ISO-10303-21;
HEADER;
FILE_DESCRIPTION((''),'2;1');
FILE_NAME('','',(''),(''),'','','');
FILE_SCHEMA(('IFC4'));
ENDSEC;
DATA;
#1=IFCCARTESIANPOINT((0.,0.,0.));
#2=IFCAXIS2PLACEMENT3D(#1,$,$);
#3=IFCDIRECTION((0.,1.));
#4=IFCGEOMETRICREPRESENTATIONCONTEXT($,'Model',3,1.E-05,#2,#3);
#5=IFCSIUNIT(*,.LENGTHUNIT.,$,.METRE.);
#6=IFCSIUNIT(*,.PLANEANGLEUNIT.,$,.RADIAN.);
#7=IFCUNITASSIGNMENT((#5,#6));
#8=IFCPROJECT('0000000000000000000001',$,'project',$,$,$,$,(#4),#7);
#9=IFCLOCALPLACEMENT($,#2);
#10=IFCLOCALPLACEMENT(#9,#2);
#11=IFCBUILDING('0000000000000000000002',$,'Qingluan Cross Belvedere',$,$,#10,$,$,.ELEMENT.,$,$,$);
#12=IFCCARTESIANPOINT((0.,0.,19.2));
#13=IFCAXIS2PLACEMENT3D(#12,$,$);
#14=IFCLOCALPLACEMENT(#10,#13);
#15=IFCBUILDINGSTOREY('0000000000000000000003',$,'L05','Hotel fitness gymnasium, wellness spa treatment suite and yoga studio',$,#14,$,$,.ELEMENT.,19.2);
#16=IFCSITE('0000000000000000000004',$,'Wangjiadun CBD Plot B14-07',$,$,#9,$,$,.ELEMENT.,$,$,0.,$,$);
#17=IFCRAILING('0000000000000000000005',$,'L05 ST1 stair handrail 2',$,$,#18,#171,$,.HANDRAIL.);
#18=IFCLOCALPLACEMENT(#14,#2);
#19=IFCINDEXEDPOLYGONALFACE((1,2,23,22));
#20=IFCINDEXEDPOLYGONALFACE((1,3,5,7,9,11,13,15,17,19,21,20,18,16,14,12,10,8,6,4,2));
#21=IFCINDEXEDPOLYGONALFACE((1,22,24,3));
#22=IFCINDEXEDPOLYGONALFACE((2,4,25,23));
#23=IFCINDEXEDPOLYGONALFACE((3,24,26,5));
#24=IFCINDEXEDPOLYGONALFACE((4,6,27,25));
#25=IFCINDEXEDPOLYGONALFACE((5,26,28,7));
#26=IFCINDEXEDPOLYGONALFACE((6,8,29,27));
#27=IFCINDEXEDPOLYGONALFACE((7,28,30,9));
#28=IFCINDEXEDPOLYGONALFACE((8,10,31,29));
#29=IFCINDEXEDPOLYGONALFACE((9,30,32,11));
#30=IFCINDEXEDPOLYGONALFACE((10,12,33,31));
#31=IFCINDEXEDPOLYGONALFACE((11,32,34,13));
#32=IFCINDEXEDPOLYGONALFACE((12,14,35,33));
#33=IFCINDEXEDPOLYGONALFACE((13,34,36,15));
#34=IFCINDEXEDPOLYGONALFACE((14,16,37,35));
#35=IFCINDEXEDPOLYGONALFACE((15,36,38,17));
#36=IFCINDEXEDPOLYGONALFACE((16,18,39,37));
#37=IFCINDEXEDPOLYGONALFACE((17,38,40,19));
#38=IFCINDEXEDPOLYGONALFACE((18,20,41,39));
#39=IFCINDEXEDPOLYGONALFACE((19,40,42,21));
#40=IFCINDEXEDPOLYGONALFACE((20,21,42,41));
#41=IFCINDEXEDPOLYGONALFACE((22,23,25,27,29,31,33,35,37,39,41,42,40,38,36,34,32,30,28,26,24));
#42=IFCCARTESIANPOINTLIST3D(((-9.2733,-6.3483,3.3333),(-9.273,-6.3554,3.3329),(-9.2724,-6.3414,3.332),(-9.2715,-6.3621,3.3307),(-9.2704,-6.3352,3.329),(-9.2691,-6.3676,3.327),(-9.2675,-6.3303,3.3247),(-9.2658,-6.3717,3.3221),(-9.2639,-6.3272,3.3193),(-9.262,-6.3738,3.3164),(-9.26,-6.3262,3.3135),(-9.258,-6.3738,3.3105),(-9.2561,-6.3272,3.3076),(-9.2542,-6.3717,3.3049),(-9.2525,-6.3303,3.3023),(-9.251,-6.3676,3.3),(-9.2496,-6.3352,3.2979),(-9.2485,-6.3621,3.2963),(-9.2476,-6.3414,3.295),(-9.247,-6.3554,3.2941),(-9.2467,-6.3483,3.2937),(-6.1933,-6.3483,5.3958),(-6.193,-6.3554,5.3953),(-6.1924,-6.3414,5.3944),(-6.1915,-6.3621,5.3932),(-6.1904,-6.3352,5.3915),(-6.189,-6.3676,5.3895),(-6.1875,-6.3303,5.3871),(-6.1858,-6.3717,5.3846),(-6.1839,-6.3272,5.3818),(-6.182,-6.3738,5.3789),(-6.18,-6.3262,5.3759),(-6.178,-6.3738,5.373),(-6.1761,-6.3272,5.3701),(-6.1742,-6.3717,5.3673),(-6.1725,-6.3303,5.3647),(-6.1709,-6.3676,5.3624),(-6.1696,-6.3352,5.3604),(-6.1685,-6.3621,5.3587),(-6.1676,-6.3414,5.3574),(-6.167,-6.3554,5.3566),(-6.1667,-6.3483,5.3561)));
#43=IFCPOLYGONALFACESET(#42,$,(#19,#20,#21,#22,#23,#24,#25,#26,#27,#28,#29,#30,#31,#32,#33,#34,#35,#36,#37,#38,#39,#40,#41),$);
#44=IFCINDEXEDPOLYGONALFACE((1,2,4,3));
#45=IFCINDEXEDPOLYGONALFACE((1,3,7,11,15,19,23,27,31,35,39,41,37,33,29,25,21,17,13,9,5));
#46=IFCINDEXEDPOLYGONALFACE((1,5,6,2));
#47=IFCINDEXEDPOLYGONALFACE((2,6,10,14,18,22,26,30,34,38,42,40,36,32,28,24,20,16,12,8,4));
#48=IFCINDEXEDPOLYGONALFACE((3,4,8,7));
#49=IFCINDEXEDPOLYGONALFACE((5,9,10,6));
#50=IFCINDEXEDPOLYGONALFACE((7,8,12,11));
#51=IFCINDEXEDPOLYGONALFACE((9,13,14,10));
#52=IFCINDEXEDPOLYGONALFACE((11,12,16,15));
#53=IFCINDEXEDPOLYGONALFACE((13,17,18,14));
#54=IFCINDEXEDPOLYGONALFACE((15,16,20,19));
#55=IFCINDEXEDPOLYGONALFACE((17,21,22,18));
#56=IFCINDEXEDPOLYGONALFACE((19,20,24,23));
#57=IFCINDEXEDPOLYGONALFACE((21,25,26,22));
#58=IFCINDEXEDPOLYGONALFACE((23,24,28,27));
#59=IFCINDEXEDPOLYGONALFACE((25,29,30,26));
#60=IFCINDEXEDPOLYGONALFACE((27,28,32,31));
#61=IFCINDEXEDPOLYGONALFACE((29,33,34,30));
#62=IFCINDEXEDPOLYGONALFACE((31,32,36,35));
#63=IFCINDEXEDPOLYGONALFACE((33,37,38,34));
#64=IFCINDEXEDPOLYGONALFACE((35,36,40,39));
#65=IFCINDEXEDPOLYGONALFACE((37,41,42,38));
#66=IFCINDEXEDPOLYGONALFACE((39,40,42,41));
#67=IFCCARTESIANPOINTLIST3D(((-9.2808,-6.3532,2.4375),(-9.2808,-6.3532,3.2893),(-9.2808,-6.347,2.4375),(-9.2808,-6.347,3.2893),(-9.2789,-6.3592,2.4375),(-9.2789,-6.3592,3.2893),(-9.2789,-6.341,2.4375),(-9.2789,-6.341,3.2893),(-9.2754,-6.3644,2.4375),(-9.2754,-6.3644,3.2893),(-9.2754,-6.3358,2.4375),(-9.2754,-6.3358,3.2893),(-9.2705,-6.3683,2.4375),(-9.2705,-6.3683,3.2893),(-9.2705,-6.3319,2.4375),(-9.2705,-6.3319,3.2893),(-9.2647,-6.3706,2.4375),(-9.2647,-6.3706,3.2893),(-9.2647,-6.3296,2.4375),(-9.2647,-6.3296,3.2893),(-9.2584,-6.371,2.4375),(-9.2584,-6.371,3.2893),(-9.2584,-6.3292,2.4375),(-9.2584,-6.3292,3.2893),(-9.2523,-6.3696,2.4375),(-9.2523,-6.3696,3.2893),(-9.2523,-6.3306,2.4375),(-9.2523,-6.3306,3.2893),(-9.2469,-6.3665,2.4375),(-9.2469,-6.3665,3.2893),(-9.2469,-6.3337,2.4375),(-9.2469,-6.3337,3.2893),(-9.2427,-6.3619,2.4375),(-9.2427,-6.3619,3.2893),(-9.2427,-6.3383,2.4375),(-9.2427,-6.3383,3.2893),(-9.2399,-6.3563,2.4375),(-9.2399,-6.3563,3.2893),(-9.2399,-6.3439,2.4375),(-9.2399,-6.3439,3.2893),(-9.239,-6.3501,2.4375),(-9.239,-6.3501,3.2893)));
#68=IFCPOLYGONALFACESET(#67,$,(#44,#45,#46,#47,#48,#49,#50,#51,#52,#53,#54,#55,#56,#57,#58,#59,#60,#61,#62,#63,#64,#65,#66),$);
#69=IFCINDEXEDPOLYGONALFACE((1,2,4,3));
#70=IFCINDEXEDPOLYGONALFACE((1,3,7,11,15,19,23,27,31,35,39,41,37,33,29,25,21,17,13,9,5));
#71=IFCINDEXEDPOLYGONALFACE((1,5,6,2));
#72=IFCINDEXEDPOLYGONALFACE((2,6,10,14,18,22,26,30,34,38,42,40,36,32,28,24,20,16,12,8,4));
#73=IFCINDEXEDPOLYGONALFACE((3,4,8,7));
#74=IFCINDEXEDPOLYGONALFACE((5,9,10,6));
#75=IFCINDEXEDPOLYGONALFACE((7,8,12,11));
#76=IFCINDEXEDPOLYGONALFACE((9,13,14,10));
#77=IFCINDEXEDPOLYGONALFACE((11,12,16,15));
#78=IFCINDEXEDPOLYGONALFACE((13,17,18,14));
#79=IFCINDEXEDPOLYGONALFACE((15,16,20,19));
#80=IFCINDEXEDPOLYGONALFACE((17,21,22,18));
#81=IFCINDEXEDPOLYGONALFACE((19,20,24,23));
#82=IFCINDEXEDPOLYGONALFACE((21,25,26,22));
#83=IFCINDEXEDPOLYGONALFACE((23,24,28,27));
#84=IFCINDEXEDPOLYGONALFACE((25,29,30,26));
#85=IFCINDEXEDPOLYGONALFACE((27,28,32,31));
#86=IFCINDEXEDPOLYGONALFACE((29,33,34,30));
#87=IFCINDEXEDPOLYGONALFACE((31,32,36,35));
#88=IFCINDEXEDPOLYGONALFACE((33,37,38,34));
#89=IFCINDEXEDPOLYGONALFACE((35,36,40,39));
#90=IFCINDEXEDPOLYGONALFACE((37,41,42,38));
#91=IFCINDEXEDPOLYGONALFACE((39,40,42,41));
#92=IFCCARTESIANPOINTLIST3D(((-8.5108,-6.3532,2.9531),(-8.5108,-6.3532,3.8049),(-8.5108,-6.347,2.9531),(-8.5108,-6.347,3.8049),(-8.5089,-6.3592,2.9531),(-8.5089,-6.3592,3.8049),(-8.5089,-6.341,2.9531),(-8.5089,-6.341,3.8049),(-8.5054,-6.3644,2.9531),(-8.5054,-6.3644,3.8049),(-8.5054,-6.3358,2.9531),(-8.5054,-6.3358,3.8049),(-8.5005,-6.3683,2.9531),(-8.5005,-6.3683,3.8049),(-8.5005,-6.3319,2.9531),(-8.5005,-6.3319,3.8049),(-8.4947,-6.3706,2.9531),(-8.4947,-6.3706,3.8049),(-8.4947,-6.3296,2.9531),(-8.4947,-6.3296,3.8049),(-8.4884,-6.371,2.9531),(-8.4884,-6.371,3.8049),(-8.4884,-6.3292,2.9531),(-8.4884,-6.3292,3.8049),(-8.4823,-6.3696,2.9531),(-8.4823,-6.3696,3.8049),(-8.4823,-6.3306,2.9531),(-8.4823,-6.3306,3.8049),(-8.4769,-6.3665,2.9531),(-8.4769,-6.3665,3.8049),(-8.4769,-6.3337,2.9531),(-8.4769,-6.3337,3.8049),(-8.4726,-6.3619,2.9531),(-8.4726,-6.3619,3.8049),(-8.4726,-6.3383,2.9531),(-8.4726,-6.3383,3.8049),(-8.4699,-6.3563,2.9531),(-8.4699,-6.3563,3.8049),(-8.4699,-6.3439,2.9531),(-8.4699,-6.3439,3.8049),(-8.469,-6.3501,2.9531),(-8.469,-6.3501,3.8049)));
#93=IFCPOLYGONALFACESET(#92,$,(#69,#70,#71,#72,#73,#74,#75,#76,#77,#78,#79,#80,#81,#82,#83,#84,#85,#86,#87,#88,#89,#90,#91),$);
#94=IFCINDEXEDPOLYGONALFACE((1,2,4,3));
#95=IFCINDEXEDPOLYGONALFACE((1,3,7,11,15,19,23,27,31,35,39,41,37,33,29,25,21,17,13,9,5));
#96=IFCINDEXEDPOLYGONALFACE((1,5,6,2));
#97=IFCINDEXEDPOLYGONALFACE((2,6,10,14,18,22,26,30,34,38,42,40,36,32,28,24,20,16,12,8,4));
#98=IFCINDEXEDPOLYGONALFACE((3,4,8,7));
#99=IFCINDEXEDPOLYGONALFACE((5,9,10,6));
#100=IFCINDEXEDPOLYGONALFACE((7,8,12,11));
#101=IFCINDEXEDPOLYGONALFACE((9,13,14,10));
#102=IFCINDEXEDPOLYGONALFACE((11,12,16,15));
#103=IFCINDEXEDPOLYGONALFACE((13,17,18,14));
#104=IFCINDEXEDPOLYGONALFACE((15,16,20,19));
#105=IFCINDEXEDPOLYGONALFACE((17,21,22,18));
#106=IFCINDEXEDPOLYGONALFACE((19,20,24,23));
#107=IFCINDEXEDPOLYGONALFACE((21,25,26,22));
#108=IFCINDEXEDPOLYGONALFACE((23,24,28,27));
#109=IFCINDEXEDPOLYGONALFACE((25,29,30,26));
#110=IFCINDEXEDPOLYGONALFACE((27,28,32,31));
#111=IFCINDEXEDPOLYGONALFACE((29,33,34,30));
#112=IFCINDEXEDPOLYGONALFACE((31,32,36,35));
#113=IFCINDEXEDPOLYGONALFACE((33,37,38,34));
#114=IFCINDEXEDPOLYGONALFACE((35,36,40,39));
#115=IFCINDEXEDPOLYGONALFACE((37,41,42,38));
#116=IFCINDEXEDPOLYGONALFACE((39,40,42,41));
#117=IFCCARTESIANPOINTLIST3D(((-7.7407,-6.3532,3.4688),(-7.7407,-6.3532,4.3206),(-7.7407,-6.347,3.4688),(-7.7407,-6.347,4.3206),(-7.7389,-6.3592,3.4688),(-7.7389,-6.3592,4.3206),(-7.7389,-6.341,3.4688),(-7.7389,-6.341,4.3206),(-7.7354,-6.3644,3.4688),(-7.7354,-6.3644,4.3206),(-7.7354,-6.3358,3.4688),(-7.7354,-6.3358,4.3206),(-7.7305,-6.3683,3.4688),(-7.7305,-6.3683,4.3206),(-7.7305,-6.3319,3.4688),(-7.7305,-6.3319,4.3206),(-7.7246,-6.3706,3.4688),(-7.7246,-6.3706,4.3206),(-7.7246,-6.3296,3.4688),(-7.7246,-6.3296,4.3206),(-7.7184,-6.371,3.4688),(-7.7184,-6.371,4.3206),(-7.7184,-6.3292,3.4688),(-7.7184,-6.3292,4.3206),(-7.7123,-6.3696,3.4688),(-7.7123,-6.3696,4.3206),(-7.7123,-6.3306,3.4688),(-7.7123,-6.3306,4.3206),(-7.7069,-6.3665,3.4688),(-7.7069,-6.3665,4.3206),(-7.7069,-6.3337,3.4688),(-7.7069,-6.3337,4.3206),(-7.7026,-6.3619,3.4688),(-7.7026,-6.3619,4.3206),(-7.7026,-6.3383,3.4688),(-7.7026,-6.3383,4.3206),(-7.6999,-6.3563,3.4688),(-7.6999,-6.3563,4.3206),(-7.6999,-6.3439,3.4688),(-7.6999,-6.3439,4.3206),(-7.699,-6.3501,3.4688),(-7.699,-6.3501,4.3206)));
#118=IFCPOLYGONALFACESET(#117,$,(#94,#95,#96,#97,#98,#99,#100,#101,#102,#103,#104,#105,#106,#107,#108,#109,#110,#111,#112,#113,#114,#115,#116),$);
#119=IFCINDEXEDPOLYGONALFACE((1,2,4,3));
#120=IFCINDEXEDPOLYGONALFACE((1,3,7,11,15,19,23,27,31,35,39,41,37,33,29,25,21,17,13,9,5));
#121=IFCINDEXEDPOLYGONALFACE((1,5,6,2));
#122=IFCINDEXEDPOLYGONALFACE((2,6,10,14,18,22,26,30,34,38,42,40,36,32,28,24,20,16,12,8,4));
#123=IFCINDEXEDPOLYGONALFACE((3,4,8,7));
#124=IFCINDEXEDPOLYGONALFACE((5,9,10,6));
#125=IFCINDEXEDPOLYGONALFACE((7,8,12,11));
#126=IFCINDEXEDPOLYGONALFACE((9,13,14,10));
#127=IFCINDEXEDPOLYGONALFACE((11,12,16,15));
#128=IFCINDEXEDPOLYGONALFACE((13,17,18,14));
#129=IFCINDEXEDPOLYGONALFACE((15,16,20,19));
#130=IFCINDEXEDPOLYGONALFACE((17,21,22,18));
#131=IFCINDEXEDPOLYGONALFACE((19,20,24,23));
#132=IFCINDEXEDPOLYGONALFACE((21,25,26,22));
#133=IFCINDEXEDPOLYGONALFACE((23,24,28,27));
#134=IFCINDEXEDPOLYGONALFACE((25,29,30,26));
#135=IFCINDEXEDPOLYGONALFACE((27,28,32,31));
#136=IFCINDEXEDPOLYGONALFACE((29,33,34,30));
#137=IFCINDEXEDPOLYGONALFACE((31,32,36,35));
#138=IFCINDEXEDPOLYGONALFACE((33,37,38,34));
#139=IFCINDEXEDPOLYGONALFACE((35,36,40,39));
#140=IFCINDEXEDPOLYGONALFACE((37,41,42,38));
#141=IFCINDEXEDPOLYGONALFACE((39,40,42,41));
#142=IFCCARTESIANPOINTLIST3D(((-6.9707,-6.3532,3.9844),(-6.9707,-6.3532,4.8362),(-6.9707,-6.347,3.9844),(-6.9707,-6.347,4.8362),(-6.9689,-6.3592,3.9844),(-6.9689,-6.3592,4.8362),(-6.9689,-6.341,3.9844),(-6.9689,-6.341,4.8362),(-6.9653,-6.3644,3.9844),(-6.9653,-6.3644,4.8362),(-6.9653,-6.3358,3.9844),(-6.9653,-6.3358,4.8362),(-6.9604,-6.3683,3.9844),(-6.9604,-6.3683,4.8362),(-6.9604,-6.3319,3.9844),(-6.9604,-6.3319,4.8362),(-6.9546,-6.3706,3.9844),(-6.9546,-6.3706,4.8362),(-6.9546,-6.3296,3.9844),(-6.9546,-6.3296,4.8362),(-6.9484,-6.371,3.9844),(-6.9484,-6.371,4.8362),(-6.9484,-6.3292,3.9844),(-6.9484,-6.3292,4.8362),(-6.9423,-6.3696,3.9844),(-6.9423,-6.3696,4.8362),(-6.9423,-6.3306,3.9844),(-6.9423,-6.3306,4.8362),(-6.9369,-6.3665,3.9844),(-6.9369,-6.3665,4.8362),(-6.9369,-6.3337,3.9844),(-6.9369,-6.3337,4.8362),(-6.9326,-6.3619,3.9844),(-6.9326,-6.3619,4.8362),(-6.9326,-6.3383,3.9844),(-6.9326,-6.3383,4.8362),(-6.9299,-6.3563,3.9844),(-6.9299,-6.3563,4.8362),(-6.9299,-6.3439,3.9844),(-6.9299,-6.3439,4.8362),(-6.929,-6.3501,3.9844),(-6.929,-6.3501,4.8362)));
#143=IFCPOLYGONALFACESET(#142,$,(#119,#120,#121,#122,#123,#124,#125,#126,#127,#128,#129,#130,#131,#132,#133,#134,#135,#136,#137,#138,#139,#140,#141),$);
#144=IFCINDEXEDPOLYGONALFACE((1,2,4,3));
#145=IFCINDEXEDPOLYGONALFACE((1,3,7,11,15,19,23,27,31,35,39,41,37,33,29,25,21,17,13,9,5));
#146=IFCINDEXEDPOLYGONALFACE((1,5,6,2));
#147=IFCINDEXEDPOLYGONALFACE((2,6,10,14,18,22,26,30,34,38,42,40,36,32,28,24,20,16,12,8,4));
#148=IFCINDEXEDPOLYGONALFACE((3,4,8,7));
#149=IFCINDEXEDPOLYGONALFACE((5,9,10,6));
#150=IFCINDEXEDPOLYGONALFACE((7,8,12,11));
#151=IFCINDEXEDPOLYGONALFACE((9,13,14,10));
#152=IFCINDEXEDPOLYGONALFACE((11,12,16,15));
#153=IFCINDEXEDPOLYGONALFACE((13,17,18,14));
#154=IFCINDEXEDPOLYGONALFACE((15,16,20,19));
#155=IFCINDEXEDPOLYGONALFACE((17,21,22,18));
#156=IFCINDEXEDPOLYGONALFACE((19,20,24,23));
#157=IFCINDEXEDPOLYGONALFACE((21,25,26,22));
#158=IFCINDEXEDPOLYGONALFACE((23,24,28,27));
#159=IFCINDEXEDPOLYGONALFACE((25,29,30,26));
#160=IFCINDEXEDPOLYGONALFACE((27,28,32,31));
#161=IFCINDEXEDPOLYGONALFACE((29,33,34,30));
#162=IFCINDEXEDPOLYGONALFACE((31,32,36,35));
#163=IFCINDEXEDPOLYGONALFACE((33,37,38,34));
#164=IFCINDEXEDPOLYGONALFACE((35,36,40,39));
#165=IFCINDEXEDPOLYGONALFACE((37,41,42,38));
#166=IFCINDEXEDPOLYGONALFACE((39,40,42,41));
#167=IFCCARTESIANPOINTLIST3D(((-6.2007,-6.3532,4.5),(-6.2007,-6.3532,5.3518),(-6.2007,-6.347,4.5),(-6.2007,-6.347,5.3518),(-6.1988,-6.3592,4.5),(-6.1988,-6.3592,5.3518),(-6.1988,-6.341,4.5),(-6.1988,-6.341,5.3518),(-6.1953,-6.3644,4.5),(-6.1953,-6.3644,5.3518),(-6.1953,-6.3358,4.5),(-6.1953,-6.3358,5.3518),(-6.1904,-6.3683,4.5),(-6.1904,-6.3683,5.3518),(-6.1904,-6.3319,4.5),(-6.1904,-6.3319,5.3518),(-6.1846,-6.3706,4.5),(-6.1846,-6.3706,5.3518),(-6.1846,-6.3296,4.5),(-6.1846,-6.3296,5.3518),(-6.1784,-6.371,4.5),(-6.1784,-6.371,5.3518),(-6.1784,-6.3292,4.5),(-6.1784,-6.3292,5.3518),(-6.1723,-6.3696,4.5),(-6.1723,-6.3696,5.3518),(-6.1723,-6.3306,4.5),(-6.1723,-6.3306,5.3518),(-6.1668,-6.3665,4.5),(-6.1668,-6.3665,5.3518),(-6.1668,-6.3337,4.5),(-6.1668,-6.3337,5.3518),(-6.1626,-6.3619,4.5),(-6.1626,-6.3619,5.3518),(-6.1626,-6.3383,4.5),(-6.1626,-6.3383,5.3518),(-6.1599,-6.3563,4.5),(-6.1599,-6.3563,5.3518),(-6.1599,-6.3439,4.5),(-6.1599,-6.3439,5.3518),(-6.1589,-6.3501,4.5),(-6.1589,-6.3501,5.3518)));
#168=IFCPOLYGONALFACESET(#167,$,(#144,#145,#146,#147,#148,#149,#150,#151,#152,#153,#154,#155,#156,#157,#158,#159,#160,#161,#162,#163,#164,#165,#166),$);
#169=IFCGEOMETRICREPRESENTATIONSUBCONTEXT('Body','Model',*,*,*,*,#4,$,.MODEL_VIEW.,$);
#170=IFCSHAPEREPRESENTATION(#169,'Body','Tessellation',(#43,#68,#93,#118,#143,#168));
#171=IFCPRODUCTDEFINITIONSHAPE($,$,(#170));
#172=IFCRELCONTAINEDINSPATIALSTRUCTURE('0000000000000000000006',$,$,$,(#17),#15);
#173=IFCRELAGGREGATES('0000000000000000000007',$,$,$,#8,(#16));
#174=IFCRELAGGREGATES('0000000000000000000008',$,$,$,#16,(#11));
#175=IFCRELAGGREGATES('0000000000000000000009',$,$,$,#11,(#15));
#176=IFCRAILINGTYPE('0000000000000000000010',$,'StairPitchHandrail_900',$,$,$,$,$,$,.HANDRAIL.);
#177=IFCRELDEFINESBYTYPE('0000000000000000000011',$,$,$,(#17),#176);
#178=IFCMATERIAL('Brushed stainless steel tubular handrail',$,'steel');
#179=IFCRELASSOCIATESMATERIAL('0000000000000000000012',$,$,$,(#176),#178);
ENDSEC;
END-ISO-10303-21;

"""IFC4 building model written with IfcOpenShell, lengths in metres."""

from ifc_helpers import new_model, si_unit, direction, frame, origin, origin_2d, place, context, subcontext, project, spatial, circle, extrude, material, type_object, element, save


model = new_model("IFC4")

# Units and contexts
model_context = context("Model", 3, precision=1e-05, world=origin(), true_north=direction((0.0, 1.0)))
body_context = subcontext(model_context, "Body", "Model", "MODEL_VIEW")
ifc_project = project(units=[si_unit("LENGTHUNIT", "METRE"), si_unit("PLANEANGLEUNIT", "RADIAN")], contexts=[model_context])

# Site, building, storey
site_placement = place(None, origin())
site = spatial("IfcSite", under=ifc_project, at=site_placement, Name="Wangjiadun CBD Plot B14-07", CompositionType="ELEMENT", RefElevation=0.0)
building_placement = place(site_placement, origin())
building = spatial("IfcBuilding", under=site, at=building_placement, Name="Qingluan Cross Belvedere", CompositionType="ELEMENT")
storey_placement = place(building_placement, frame((0.0, 0.0, 19.2)))
storey = spatial("IfcBuildingStorey", under=building, at=storey_placement, Name="L05", Description="Hotel fitness gymnasium, wellness spa treatment suite and yoga studio", CompositionType="ELEMENT", Elevation=19.2)

# Railing
ifc_material_1 = material(Name="Brushed stainless steel tubular handrail", Category="steel")
railing_type_1 = type_object("IfcRailingType", Name="StairPitchHandrail_900", PredefinedType="HANDRAIL", material=ifc_material_1)
railing_1_placement = place(storey_placement, frame((-9.26, -6.3501, 2.4375)))
element("IfcRailing", 1, at=railing_1_placement, inside=storey, type_object=railing_type_1, Name="L05 ST1 stair handrail 2", PredefinedType="HANDRAIL", context=body_context, shape_type="SweptSolid", body=[
    extrude(circle(Radius=0.0239, at=origin_2d()), frame((0.0, 0.0, 0.876), z_axis=(0.830914, 0.0, 0.556401), x_axis=(0.0, 1.0, 0.0)), (0.0, 0.0, 1.0), 3.7068),
    extrude(circle(Radius=0.021, at=origin_2d()), origin(), (0.0, 0.0, 1.0), 0.8518),
    extrude(circle(Radius=0.021, at=origin_2d()), frame((0.77, 0.0, 0.5156)), (0.0, 0.0, 1.0), 0.8518),
    extrude(circle(Radius=0.021, at=origin_2d()), frame((1.54, 0.0, 1.0312)), (0.0, 0.0, 1.0), 0.8518),
    extrude(circle(Radius=0.021, at=origin_2d()), frame((2.3101, 0.0, 1.5469)), (0.0, 0.0, 1.0), 0.8518),
    extrude(circle(Radius=0.021, at=origin_2d()), frame((3.0801, 0.0, 2.0625)), (0.0, 0.0, 1.0), 0.8518),
])

save(model, "model.ifc")
